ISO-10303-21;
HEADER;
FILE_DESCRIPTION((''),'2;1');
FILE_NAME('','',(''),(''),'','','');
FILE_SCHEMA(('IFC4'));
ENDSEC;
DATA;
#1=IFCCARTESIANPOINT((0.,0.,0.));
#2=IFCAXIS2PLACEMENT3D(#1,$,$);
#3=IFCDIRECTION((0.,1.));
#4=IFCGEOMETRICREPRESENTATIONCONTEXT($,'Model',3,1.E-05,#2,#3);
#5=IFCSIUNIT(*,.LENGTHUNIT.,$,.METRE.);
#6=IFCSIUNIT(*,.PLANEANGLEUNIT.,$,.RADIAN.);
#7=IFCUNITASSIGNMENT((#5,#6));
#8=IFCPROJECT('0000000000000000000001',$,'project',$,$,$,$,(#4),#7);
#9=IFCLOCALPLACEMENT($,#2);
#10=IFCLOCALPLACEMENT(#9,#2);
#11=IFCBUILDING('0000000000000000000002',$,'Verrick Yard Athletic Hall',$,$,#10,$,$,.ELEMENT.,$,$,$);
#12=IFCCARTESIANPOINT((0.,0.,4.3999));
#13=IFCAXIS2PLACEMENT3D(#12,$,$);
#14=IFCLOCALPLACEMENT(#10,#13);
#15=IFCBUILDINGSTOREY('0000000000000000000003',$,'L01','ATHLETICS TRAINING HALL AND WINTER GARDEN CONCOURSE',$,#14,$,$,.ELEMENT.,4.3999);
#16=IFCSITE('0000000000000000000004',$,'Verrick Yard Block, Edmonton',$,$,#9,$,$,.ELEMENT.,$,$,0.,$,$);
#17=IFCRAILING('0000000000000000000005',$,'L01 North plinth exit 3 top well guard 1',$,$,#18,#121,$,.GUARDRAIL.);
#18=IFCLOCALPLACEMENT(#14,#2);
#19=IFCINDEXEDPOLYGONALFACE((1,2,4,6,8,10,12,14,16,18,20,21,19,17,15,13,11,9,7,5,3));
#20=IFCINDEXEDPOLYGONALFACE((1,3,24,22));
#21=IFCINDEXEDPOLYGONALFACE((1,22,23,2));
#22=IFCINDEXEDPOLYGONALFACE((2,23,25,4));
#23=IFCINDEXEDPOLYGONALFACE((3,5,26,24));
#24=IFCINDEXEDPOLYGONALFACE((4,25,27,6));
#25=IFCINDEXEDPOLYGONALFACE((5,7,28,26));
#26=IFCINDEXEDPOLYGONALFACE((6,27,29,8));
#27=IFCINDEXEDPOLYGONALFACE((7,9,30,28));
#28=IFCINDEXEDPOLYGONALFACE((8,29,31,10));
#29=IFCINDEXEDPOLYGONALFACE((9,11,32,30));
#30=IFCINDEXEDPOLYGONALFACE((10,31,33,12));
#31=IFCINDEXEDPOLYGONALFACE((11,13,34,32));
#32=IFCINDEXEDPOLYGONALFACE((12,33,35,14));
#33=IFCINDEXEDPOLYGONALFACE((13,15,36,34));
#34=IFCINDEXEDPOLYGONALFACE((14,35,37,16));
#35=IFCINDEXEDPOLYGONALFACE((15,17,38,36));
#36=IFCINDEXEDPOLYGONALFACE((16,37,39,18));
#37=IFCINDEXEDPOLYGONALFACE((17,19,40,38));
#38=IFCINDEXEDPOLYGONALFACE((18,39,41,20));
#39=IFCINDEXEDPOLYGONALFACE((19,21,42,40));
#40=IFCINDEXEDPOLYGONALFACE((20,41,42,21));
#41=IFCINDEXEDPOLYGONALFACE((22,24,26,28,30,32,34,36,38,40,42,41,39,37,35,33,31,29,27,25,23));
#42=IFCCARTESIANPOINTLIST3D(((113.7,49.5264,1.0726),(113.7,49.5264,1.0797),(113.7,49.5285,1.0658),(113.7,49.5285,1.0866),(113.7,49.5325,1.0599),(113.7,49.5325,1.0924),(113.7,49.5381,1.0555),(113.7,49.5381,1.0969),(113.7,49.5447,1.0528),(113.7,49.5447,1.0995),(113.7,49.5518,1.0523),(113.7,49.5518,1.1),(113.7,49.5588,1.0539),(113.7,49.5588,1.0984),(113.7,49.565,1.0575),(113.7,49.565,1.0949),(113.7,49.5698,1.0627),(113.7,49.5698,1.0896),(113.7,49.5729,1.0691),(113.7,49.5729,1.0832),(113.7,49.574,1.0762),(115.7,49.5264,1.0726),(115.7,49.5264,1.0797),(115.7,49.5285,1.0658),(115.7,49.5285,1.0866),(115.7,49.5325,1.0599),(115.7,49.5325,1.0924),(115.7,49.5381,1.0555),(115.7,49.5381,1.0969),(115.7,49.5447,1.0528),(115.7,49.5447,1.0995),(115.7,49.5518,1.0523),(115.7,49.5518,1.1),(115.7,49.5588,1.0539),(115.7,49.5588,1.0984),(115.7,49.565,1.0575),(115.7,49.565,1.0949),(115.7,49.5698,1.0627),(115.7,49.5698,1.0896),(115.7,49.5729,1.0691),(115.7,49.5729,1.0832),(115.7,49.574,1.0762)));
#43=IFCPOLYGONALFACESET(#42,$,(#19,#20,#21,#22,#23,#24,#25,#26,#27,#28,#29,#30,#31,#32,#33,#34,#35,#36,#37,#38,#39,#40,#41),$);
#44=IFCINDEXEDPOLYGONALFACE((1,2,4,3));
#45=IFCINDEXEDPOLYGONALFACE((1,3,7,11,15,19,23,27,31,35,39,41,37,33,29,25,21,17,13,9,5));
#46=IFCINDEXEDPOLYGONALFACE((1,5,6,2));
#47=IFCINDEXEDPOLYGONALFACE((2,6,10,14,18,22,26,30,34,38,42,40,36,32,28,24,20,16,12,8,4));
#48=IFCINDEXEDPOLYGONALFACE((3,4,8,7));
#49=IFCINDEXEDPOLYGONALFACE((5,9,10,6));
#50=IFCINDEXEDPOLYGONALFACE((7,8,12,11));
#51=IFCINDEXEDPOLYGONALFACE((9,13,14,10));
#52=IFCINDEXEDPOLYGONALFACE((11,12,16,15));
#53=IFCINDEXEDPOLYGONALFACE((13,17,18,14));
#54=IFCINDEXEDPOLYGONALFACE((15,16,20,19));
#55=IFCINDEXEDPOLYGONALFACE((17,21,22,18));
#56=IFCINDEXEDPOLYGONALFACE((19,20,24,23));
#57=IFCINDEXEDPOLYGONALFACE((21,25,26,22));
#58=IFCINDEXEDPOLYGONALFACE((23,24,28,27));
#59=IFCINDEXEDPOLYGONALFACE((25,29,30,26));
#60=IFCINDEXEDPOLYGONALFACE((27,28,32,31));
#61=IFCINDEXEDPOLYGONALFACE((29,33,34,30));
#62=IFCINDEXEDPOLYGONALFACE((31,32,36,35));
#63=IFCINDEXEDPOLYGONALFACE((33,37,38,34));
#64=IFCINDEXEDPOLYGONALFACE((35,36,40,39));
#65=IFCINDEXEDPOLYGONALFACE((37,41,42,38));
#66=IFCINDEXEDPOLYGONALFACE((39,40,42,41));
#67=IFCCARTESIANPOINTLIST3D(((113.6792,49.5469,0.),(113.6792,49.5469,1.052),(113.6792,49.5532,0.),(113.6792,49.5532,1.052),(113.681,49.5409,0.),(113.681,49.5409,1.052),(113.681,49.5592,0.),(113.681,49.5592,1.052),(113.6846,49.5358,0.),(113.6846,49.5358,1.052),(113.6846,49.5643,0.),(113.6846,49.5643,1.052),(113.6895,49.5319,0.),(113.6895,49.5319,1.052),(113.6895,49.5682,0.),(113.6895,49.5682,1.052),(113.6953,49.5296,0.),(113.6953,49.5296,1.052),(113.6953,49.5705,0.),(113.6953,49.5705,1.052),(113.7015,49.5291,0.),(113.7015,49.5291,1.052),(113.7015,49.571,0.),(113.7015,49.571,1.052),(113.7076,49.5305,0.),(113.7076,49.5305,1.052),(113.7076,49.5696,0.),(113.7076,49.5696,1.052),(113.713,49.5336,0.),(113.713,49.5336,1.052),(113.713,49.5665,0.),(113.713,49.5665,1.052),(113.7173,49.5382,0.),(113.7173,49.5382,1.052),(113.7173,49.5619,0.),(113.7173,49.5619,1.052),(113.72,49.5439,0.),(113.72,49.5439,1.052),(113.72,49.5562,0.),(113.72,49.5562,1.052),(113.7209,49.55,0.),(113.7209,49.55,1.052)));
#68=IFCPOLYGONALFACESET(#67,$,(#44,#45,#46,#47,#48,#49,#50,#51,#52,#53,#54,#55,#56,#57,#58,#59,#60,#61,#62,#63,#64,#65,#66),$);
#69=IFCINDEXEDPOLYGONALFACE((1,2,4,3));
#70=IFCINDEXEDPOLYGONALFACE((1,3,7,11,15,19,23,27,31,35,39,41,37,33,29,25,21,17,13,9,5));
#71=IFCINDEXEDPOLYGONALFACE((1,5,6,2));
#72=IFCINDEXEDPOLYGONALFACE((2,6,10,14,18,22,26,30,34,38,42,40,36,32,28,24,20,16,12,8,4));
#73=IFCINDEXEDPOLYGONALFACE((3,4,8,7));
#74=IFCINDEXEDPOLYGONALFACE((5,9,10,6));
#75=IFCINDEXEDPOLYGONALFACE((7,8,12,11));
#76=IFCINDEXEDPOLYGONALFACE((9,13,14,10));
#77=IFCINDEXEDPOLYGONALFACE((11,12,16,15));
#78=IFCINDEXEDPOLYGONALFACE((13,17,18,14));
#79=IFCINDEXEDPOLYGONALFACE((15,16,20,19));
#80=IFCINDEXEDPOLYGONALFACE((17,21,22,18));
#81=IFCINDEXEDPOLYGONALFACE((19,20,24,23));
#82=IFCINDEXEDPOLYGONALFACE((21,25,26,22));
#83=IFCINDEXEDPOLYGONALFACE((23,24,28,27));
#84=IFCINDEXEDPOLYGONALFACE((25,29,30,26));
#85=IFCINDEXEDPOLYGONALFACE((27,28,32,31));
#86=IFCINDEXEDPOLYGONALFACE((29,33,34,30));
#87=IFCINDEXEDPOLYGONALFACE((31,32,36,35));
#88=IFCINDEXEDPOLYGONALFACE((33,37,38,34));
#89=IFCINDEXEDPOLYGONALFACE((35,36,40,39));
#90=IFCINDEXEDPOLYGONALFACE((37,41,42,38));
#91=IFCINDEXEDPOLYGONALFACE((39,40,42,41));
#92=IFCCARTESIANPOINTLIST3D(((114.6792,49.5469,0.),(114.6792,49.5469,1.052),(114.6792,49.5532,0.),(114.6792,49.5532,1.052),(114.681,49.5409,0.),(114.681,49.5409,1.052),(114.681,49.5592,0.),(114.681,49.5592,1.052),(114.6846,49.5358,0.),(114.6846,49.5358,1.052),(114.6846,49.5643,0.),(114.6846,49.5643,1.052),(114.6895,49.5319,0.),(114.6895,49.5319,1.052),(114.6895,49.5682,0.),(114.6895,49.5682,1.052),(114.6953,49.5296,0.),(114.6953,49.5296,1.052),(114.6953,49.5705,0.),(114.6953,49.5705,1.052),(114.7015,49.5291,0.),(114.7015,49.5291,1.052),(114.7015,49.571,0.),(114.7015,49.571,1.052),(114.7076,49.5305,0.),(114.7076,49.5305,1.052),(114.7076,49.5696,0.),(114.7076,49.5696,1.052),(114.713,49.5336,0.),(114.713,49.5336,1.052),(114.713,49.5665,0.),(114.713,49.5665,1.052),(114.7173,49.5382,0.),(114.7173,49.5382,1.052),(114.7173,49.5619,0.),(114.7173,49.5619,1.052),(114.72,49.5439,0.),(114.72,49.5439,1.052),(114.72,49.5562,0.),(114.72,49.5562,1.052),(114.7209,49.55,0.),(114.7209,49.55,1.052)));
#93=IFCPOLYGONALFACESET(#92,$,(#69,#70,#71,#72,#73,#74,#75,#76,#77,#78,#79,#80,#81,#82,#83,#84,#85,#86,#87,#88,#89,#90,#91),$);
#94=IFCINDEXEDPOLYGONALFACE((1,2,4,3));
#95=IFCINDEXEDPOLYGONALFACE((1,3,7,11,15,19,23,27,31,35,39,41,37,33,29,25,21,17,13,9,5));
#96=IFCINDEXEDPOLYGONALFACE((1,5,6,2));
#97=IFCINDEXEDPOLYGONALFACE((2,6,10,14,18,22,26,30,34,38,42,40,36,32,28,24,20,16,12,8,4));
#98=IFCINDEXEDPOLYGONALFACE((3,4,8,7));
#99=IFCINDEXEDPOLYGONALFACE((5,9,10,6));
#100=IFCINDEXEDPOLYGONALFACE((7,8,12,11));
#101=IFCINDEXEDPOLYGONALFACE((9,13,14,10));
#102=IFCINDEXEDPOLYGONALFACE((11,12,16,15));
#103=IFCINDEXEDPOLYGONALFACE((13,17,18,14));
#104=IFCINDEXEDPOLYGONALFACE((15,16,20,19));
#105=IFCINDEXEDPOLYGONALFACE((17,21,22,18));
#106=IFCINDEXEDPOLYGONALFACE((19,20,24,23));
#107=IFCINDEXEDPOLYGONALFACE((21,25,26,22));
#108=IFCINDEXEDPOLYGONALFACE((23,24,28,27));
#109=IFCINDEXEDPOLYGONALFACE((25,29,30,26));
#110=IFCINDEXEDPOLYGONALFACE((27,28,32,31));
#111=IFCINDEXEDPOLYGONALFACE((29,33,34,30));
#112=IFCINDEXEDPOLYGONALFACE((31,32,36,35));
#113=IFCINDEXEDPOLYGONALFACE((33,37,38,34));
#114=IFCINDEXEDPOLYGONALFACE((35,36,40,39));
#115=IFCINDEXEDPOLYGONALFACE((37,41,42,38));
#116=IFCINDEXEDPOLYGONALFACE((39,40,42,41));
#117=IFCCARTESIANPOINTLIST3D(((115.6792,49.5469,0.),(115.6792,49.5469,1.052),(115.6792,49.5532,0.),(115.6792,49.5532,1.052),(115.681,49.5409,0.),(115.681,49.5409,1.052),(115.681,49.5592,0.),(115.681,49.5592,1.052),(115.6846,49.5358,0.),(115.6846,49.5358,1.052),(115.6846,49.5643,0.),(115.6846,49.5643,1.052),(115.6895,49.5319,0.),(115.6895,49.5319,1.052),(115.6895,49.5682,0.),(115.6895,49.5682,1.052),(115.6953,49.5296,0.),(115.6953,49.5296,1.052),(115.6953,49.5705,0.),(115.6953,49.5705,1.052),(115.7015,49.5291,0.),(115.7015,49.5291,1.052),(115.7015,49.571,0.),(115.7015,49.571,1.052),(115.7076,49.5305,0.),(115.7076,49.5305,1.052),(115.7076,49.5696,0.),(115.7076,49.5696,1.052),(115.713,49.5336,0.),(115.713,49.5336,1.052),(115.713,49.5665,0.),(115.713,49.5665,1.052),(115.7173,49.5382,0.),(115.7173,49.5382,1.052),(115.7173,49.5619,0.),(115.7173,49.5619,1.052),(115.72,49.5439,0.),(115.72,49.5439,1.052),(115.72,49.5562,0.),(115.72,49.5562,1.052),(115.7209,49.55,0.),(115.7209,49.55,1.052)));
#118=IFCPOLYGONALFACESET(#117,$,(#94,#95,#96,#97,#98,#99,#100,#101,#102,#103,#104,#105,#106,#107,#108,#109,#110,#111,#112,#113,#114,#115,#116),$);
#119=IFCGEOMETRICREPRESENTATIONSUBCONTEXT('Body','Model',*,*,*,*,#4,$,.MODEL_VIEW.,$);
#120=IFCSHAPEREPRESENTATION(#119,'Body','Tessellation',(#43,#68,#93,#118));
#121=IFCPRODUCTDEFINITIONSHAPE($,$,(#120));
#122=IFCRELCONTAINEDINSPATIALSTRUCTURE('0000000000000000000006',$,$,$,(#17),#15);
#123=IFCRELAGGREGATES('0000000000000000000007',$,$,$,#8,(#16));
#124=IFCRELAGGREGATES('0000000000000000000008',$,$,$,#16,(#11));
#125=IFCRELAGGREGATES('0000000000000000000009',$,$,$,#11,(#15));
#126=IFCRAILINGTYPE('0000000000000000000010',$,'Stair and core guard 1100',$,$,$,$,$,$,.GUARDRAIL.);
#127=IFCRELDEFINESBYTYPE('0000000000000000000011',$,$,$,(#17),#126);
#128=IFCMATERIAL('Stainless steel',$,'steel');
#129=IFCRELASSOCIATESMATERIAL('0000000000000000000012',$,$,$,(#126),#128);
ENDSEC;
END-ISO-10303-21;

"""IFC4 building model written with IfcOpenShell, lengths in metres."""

from ifc_helpers import new_model, si_unit, direction, frame, origin, origin_2d, place, context, subcontext, project, spatial, circle, extrude, material, type_object, element, save


model = new_model("IFC4")

# Units and contexts
model_context = context("Model", 3, precision=1e-05, world=origin(), true_north=direction((0.0, 1.0)))
body_context = subcontext(model_context, "Body", "Model", "MODEL_VIEW")
ifc_project = project(units=[si_unit("LENGTHUNIT", "METRE"), si_unit("PLANEANGLEUNIT", "RADIAN")], contexts=[model_context])

# Site, building, storey
site_placement = place(None, origin())
site = spatial("IfcSite", under=ifc_project, at=site_placement, Name="Verrick Yard Block, Edmonton", CompositionType="ELEMENT", RefElevation=0.0)
building_placement = place(site_placement, origin())
building = spatial("IfcBuilding", under=site, at=building_placement, Name="Verrick Yard Athletic Hall", CompositionType="ELEMENT")
storey_placement = place(building_placement, frame((0.0, 0.0, 4.3999)))
storey = spatial("IfcBuildingStorey", under=building, at=storey_placement, Name="L01", Description="ATHLETICS TRAINING HALL AND WINTER GARDEN CONCOURSE", CompositionType="ELEMENT", Elevation=4.3999)

# Railing
ifc_material_1 = material(Name="Stainless steel", Category="steel")
railing_type = type_object("IfcRailingType", Name="Stair and core guard 1100", PredefinedType="GUARDRAIL", material=ifc_material_1)
railing_placement = place(storey_placement, frame((113.7, 49.55, 0.0)))
element("IfcRailing", 1, at=railing_placement, inside=storey, type_object=railing_type, Name="L01 North plinth exit 3 top well guard 1", PredefinedType="GUARDRAIL", context=body_context, shape_type="SweptSolid", body=[
    extrude(circle(Radius=0.0239, at=origin_2d()), frame((0.0, 0.0, 1.0762), z_axis=(1.0, 0.0, 0.0), x_axis=(0.0, 1.0, 0.0)), (0.0, 0.0, 1.0), 2.0),
    extrude(circle(Radius=0.021, at=origin_2d()), origin(), (0.0, 0.0, 1.0), 1.052),
    extrude(circle(Radius=0.021, at=origin_2d()), frame((1.0, 0.0, 0.0)), (0.0, 0.0, 1.0), 1.052),
    extrude(circle(Radius=0.021, at=origin_2d()), frame((2.0, 0.0, 0.0)), (0.0, 0.0, 1.0), 1.052),
])

save(model, "model.ifc")
